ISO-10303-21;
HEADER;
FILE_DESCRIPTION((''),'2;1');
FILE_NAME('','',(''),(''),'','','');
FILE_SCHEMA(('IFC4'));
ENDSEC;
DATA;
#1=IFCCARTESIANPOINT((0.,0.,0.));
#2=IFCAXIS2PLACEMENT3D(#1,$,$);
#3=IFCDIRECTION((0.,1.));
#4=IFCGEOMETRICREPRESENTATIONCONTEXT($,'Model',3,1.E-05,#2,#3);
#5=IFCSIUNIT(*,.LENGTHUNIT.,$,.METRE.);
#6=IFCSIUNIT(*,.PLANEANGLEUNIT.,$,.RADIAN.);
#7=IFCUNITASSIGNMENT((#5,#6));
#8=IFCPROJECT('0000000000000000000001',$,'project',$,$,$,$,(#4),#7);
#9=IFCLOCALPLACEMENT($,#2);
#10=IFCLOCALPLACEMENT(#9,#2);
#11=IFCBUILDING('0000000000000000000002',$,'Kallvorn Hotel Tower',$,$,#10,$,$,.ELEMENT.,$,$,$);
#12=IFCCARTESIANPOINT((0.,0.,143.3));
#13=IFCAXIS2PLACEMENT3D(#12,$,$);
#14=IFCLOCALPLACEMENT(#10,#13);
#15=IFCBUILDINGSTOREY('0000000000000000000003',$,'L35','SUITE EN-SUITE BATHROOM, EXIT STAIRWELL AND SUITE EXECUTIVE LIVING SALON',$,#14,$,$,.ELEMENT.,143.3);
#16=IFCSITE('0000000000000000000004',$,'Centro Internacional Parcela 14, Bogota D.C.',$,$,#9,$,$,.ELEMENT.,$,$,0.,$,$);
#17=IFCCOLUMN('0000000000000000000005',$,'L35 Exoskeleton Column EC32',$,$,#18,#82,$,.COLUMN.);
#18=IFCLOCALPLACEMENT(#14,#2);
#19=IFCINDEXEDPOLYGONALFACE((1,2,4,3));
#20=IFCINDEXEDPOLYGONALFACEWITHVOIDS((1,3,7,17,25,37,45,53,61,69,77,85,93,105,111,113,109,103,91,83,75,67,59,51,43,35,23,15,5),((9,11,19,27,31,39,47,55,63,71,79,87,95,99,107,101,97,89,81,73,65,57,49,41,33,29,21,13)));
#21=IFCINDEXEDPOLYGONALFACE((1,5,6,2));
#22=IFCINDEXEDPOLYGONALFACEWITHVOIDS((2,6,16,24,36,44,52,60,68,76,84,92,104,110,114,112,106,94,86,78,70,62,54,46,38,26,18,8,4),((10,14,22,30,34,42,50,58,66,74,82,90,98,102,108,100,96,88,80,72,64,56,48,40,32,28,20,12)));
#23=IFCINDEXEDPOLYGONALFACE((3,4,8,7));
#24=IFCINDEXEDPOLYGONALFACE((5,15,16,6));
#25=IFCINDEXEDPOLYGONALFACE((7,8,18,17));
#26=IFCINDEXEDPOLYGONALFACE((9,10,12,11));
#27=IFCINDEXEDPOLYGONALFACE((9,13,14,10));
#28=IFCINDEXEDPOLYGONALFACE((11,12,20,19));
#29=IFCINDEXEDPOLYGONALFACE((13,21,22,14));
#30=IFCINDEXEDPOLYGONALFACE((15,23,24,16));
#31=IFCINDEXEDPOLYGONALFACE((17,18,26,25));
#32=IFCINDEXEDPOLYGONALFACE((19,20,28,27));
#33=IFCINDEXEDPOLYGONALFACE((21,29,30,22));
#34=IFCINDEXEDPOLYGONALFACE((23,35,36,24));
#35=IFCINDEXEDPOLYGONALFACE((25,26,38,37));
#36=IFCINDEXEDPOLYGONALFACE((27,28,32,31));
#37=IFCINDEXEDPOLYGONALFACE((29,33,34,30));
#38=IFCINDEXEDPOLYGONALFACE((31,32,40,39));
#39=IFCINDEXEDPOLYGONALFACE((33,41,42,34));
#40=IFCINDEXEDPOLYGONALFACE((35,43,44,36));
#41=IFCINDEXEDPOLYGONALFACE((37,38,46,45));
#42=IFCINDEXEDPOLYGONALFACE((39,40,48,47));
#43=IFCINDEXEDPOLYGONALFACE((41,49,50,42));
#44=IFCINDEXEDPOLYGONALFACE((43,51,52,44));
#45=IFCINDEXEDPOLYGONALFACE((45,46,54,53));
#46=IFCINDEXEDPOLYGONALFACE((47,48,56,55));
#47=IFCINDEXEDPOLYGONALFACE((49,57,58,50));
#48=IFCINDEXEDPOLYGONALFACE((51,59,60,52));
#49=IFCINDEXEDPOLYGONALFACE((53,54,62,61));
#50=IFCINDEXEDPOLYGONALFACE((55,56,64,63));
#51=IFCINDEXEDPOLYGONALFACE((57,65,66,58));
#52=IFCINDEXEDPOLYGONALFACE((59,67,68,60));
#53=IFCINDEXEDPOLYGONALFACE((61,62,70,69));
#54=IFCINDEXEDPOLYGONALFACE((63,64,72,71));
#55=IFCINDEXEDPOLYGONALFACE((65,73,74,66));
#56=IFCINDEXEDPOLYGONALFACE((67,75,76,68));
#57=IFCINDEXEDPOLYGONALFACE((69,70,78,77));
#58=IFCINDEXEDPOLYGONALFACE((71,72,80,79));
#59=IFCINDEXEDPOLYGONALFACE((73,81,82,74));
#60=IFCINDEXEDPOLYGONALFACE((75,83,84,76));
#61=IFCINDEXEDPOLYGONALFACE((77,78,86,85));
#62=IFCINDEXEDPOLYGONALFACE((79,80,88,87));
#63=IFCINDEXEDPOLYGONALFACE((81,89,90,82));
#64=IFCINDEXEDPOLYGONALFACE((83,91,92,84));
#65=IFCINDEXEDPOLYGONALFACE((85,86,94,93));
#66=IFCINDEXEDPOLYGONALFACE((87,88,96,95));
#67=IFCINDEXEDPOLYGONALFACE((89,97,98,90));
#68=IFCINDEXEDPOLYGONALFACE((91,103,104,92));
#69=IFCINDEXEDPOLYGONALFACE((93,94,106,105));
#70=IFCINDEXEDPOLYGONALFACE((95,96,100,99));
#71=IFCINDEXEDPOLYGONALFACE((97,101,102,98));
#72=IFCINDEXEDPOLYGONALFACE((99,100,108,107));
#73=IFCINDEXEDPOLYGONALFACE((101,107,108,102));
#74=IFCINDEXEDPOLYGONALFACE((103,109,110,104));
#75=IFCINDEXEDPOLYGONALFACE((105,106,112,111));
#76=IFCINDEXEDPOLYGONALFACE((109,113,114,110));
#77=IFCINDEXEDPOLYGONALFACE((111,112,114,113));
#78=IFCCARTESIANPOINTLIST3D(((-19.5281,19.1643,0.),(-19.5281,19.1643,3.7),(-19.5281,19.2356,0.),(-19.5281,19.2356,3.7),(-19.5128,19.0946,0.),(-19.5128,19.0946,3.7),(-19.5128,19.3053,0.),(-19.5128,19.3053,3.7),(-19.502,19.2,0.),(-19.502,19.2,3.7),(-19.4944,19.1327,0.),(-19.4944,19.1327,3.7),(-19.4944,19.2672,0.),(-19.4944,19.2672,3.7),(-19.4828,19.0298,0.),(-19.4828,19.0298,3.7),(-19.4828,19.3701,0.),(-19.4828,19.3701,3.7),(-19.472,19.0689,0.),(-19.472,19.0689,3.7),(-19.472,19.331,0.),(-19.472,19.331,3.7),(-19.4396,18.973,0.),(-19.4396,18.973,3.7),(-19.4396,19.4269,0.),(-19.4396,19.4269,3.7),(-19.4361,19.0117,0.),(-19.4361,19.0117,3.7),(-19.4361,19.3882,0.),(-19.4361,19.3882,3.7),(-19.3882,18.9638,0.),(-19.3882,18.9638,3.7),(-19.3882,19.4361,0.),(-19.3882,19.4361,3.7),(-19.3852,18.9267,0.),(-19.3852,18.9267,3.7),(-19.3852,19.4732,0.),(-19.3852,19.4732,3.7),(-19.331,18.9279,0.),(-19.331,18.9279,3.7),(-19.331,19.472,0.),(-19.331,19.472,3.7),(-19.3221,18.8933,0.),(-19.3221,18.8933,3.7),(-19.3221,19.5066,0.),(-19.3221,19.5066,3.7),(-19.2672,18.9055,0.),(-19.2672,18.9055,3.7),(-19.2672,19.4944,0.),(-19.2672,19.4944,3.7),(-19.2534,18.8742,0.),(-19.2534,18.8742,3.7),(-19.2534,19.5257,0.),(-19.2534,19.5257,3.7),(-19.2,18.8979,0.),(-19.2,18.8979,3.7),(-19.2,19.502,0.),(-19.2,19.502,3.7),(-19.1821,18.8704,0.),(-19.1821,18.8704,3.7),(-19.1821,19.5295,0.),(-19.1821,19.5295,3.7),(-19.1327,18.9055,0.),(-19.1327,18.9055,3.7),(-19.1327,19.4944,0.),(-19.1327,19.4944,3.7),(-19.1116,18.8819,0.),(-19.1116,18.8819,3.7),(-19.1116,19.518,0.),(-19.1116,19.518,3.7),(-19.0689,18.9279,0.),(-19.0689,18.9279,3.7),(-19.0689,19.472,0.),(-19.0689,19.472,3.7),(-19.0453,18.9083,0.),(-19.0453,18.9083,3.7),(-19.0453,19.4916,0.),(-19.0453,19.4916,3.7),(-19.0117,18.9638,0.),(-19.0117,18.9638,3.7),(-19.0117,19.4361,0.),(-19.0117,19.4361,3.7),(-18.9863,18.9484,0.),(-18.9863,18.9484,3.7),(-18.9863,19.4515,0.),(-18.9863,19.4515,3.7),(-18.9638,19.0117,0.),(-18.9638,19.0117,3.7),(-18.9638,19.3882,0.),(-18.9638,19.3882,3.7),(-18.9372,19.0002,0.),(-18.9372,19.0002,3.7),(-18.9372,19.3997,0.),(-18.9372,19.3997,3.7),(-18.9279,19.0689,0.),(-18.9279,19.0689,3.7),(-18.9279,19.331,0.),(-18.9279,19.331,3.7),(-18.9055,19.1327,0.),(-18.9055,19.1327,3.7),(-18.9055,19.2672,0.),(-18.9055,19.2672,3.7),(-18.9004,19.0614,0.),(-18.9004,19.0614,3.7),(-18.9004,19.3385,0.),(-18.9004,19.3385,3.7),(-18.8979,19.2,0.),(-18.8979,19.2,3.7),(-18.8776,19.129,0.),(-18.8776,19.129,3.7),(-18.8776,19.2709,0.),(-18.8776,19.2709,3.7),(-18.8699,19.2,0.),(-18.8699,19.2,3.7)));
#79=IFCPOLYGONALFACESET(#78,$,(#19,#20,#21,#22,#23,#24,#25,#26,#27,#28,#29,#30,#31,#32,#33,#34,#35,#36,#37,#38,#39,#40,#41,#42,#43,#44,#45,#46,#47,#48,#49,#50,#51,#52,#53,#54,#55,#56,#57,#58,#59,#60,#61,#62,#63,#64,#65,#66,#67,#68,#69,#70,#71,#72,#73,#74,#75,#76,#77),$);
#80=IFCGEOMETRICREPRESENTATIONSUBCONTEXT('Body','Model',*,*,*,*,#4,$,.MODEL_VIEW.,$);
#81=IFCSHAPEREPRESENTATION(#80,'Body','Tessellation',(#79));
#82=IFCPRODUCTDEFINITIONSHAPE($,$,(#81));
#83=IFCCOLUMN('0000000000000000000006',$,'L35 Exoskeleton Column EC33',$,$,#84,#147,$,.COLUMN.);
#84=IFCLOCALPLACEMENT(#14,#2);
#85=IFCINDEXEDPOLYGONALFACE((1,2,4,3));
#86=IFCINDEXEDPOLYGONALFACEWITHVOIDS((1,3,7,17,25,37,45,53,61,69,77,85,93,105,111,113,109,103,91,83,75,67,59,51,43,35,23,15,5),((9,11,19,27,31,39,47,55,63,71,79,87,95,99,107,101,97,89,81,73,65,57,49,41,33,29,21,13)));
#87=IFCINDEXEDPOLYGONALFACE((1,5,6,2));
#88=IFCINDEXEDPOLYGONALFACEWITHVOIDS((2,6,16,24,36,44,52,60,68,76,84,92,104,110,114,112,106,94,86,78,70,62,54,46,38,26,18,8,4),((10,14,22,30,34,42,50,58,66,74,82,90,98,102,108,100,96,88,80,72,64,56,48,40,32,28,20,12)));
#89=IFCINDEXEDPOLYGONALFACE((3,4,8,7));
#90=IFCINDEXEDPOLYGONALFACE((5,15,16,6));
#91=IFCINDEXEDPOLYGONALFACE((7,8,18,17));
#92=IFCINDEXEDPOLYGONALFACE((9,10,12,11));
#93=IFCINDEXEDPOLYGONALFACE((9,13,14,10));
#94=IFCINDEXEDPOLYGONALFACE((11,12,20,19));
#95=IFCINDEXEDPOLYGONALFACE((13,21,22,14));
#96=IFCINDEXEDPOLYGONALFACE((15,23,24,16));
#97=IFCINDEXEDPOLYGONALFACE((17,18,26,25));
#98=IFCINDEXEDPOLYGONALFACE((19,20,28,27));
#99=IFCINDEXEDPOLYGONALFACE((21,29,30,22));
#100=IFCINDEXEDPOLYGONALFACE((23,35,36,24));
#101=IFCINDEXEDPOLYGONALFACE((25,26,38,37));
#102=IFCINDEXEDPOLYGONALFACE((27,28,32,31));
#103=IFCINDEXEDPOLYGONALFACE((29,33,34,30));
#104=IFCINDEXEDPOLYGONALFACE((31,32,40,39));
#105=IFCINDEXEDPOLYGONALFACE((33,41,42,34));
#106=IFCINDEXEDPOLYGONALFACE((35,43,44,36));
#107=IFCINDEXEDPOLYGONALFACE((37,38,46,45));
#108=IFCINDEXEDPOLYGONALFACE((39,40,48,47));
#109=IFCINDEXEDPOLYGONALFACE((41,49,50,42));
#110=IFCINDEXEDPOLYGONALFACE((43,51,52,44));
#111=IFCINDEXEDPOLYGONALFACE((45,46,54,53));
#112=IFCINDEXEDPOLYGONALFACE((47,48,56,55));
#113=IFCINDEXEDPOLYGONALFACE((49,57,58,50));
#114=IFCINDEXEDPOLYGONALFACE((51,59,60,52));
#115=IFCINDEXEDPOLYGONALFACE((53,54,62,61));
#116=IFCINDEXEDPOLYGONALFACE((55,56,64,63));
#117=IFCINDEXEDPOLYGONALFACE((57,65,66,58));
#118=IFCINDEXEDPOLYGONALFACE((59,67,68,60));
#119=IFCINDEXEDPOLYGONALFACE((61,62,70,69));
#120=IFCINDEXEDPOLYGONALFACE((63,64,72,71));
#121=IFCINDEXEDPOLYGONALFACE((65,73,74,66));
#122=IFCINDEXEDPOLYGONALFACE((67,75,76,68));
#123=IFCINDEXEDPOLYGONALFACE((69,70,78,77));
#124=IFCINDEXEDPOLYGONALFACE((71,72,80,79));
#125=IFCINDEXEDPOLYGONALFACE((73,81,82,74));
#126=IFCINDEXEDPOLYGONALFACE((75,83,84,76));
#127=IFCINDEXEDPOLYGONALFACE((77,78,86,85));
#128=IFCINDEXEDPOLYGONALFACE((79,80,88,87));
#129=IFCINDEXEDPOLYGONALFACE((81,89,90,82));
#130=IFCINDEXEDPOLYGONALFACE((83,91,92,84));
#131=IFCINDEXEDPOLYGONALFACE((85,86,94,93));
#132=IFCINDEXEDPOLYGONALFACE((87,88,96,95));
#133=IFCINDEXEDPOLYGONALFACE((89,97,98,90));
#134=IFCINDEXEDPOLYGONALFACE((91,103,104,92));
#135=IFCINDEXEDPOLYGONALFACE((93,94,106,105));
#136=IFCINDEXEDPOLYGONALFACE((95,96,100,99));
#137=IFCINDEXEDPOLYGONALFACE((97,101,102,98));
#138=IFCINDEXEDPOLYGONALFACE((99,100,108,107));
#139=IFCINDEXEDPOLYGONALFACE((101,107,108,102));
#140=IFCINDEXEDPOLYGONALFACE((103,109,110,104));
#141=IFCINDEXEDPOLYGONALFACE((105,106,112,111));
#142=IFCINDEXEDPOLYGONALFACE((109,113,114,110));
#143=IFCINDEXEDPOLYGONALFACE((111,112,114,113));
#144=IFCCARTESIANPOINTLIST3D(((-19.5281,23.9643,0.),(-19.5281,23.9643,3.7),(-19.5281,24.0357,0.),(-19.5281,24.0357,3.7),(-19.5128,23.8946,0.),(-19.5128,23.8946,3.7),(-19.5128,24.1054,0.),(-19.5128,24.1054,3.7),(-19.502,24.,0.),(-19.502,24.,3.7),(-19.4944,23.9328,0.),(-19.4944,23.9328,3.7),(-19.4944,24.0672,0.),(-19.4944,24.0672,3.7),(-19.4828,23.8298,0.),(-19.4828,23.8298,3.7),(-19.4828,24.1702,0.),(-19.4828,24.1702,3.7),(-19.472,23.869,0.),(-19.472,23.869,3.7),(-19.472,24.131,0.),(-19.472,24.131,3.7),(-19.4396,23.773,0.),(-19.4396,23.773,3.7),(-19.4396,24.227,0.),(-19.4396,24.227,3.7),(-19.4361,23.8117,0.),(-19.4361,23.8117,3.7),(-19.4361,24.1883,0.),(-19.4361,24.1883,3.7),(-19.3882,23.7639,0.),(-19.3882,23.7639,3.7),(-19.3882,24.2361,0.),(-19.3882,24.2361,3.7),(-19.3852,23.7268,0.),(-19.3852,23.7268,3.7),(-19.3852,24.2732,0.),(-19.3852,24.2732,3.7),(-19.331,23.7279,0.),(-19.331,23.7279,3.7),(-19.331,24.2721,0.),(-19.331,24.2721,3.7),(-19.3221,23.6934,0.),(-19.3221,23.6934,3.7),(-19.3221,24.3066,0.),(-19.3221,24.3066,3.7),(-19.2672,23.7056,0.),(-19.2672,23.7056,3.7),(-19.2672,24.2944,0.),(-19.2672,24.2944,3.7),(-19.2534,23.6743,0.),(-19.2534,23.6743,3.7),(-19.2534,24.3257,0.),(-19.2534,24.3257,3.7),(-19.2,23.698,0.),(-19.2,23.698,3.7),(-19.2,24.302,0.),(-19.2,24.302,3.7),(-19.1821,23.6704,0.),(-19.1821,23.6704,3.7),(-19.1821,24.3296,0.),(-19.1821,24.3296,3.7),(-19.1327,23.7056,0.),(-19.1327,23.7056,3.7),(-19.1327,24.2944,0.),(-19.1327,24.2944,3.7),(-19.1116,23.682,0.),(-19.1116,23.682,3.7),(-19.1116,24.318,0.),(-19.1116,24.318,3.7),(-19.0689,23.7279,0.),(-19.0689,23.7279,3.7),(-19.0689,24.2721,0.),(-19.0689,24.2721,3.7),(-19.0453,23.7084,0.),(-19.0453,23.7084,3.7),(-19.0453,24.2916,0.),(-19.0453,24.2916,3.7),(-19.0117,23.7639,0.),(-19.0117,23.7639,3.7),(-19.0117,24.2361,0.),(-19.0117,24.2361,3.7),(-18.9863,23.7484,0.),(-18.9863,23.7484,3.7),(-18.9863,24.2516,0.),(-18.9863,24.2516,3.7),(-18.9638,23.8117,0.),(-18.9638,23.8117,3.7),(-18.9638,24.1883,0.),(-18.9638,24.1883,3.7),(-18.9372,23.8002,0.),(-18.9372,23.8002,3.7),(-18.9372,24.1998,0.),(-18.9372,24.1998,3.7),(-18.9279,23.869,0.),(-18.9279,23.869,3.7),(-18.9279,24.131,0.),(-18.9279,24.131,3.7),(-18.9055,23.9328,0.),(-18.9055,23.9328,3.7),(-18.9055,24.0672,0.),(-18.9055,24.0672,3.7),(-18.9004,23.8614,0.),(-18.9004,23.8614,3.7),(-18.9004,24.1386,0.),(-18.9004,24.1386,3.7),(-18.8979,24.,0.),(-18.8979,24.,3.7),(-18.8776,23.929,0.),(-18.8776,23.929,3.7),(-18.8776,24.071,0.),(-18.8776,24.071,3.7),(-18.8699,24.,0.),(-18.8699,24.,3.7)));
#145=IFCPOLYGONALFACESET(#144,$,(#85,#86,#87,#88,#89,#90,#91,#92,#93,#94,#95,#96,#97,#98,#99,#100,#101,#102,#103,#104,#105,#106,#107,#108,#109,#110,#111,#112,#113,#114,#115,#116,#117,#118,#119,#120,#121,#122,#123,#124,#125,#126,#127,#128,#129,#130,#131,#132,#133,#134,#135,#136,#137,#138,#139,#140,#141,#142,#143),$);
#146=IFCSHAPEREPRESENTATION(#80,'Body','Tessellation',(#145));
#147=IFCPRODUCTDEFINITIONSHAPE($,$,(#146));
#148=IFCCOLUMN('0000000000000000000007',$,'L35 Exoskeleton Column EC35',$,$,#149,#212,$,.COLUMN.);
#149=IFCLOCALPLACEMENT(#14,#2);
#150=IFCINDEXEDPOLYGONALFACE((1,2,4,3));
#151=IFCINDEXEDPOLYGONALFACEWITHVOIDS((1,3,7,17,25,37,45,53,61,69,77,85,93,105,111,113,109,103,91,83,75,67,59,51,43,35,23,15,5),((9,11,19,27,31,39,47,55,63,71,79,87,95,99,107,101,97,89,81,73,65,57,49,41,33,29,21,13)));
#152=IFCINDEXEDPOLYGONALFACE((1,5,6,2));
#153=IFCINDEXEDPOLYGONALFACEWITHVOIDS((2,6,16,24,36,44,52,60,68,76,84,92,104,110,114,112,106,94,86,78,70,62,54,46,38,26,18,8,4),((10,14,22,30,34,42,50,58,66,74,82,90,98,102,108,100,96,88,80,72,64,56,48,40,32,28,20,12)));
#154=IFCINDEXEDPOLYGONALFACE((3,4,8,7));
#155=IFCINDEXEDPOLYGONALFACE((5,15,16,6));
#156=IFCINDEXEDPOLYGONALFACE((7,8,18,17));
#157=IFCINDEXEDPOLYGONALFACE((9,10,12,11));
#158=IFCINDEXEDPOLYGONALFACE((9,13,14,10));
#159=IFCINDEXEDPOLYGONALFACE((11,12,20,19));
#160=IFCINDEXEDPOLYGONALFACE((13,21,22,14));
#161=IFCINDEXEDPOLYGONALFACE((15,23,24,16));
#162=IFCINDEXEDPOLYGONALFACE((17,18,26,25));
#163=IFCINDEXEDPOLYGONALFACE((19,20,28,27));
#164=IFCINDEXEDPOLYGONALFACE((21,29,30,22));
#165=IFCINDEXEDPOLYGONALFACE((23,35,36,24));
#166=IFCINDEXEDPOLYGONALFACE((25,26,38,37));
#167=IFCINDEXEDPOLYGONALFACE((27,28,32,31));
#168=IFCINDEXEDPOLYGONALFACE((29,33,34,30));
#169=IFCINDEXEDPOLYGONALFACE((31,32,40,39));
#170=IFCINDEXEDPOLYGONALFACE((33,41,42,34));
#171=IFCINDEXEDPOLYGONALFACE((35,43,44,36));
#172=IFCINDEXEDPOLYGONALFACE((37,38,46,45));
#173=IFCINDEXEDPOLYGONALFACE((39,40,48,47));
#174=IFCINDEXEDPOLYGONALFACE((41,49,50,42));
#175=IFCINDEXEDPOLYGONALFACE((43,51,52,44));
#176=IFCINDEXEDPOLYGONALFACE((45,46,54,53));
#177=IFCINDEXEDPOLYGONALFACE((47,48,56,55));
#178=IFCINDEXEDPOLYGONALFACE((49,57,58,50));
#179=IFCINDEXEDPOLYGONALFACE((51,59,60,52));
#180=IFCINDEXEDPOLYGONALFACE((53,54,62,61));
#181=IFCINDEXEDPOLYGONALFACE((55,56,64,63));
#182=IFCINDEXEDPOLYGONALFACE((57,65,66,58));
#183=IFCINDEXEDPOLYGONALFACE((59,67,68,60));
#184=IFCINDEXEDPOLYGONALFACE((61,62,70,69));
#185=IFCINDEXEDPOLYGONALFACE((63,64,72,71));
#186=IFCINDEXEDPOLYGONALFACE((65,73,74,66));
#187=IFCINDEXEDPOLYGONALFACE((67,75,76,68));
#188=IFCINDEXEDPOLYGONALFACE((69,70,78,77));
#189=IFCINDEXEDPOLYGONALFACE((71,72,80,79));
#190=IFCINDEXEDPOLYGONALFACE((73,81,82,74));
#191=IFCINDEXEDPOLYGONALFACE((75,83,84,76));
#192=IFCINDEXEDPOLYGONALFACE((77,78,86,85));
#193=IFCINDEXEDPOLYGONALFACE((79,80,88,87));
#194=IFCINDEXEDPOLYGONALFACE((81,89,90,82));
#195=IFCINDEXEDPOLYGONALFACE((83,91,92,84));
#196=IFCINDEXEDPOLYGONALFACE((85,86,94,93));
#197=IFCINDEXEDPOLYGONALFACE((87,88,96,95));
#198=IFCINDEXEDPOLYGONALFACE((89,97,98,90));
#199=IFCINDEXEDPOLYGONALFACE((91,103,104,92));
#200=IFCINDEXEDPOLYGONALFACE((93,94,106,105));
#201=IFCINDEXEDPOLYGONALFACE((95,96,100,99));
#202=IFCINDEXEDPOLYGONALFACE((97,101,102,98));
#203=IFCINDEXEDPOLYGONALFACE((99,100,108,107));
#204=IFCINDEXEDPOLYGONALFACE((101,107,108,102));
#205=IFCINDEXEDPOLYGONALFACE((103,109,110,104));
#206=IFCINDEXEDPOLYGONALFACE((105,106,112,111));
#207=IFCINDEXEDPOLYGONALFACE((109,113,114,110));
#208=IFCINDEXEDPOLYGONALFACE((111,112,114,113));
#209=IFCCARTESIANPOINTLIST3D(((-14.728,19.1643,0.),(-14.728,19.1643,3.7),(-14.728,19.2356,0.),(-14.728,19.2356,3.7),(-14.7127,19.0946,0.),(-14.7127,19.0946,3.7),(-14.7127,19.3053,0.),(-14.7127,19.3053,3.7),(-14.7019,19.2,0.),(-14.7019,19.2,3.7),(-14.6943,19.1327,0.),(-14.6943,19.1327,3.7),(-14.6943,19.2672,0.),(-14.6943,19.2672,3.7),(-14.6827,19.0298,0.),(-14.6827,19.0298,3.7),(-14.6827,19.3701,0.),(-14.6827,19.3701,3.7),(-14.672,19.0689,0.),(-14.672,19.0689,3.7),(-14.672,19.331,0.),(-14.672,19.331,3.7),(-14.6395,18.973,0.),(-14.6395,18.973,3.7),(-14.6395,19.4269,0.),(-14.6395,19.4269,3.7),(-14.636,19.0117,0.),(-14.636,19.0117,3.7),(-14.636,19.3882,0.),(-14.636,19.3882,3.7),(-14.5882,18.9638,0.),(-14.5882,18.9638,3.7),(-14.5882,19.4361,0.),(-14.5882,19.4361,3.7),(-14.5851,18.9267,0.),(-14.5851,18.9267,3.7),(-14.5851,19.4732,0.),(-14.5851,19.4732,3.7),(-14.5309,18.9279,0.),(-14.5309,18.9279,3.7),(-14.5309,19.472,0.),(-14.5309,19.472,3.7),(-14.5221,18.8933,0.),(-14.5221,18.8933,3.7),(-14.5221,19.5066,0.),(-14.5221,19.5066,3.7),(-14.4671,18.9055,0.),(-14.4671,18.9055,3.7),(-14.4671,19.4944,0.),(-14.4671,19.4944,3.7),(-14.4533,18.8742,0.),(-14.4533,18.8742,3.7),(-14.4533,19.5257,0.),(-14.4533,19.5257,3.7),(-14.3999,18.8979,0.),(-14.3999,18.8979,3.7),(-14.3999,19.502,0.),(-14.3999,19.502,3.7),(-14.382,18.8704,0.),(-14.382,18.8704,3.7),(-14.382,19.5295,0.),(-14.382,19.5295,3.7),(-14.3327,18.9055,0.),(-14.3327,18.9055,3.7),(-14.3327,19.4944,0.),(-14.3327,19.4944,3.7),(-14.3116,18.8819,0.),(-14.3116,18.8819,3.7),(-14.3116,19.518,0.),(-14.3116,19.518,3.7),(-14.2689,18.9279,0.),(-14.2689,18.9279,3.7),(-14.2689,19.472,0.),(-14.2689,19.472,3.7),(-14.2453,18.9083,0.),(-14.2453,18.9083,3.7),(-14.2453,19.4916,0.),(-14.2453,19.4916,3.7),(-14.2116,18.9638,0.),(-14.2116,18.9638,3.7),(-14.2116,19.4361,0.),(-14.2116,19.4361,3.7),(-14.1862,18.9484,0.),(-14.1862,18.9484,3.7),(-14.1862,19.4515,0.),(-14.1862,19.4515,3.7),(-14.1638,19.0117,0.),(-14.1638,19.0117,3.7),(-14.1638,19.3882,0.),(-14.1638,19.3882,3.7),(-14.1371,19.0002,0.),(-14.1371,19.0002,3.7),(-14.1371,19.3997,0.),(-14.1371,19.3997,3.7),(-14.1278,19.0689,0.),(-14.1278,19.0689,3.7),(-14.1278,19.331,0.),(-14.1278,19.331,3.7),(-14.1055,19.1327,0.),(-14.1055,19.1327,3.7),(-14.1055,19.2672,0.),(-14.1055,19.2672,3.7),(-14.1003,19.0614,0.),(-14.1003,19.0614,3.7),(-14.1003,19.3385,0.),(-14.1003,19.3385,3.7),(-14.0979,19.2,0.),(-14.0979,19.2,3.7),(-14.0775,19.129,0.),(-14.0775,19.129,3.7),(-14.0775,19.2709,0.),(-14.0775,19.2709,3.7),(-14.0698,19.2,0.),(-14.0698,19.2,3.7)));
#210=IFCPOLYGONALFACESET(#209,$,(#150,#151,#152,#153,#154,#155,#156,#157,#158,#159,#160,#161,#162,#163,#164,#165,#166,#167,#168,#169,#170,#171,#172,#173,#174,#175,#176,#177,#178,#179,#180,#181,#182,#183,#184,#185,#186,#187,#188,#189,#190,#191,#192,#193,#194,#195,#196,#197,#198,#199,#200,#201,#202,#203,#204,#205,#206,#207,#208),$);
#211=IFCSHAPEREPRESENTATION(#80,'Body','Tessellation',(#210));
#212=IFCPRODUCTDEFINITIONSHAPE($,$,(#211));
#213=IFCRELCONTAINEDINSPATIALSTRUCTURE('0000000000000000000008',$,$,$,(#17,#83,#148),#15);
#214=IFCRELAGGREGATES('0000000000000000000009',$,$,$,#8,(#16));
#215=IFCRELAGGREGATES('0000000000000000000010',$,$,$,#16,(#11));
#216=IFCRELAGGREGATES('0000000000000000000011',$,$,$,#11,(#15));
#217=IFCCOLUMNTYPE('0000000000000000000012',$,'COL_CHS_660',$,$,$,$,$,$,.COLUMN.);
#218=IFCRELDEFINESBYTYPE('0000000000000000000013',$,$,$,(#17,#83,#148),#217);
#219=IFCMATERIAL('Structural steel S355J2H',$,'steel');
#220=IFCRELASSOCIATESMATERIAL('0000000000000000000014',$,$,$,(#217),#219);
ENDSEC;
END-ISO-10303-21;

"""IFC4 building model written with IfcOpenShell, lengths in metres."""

from ifc_helpers import new_model, si_unit, direction, frame, origin, origin_2d, place, context, subcontext, project, spatial, hollow_circle, extrude, material, material_profile, profile_set, type_object, element, save


model = new_model("IFC4")

# Units and contexts
model_context = context("Model", 3, precision=1e-05, world=origin(), true_north=direction((0.0, 1.0)))
body_context = subcontext(model_context, "Body", "Model", "MODEL_VIEW")
ifc_project = project(units=[si_unit("LENGTHUNIT", "METRE"), si_unit("PLANEANGLEUNIT", "RADIAN")], contexts=[model_context])

# Site, building, storey
site_placement = place(None, origin())
site = spatial("IfcSite", under=ifc_project, at=site_placement, Name="Centro Internacional Parcela 14, Bogota D.C.", CompositionType="ELEMENT", RefElevation=0.0)
building_placement = place(site_placement, origin())
building = spatial("IfcBuilding", under=site, at=building_placement, Name="Kallvorn Hotel Tower", CompositionType="ELEMENT")
storey_placement = place(building_placement, frame((0.0, 0.0, 143.3)))
storey = spatial("IfcBuildingStorey", under=building, at=storey_placement, Name="L35", Description="SUITE EN-SUITE BATHROOM, EXIT STAIRWELL AND SUITE EXECUTIVE LIVING SALON", CompositionType="ELEMENT", Elevation=143.3)

# Columns
ifc_material_1 = material(Name="Structural steel S355J2H", Category="steel")
ifc_material_profile_1 = material_profile(ifc_material_1, hollow_circle(Radius=0.3301, WallThickness=0.0281, at=origin_2d()), Name="CHS 660x28")
ifc_profile_set_1 = profile_set([ifc_material_profile_1], Name="Structural steel S355J2H")
column_type_1 = type_object("IfcColumnType", Name="COL_CHS_660", PredefinedType="COLUMN", material=ifc_profile_set_1)
for number, where, z_axis, x_axis, name in (
    (1, (-19.2, 19.2, 0.0), (0.0, 0.0, 1.0), (1.0, 0.0, 0.0), "L35 Exoskeleton Column EC32"),
    (2, (-19.2, 24.0, 0.0), (0.0, 0.0, 1.0), (1.0, 0.0, 0.0), "L35 Exoskeleton Column EC33"),
    (3, (-14.3999, 19.2, 0.0), (0.0, 0.0, 1.0), (1.0, 0.0, 0.0), "L35 Exoskeleton Column EC35"),
):
    element("IfcColumn", number, at=place(storey_placement, frame(where, z_axis=z_axis, x_axis=x_axis)), inside=storey, type_object=column_type_1, Name=name, PredefinedType="COLUMN", context=body_context, shape_type="SweptSolid", body=[
        extrude(hollow_circle(Radius=0.3301, WallThickness=0.0281, at=origin_2d()), origin(), (0.0, 0.0, 1.0), 3.7),
    ])

save(model, "model.ifc")
